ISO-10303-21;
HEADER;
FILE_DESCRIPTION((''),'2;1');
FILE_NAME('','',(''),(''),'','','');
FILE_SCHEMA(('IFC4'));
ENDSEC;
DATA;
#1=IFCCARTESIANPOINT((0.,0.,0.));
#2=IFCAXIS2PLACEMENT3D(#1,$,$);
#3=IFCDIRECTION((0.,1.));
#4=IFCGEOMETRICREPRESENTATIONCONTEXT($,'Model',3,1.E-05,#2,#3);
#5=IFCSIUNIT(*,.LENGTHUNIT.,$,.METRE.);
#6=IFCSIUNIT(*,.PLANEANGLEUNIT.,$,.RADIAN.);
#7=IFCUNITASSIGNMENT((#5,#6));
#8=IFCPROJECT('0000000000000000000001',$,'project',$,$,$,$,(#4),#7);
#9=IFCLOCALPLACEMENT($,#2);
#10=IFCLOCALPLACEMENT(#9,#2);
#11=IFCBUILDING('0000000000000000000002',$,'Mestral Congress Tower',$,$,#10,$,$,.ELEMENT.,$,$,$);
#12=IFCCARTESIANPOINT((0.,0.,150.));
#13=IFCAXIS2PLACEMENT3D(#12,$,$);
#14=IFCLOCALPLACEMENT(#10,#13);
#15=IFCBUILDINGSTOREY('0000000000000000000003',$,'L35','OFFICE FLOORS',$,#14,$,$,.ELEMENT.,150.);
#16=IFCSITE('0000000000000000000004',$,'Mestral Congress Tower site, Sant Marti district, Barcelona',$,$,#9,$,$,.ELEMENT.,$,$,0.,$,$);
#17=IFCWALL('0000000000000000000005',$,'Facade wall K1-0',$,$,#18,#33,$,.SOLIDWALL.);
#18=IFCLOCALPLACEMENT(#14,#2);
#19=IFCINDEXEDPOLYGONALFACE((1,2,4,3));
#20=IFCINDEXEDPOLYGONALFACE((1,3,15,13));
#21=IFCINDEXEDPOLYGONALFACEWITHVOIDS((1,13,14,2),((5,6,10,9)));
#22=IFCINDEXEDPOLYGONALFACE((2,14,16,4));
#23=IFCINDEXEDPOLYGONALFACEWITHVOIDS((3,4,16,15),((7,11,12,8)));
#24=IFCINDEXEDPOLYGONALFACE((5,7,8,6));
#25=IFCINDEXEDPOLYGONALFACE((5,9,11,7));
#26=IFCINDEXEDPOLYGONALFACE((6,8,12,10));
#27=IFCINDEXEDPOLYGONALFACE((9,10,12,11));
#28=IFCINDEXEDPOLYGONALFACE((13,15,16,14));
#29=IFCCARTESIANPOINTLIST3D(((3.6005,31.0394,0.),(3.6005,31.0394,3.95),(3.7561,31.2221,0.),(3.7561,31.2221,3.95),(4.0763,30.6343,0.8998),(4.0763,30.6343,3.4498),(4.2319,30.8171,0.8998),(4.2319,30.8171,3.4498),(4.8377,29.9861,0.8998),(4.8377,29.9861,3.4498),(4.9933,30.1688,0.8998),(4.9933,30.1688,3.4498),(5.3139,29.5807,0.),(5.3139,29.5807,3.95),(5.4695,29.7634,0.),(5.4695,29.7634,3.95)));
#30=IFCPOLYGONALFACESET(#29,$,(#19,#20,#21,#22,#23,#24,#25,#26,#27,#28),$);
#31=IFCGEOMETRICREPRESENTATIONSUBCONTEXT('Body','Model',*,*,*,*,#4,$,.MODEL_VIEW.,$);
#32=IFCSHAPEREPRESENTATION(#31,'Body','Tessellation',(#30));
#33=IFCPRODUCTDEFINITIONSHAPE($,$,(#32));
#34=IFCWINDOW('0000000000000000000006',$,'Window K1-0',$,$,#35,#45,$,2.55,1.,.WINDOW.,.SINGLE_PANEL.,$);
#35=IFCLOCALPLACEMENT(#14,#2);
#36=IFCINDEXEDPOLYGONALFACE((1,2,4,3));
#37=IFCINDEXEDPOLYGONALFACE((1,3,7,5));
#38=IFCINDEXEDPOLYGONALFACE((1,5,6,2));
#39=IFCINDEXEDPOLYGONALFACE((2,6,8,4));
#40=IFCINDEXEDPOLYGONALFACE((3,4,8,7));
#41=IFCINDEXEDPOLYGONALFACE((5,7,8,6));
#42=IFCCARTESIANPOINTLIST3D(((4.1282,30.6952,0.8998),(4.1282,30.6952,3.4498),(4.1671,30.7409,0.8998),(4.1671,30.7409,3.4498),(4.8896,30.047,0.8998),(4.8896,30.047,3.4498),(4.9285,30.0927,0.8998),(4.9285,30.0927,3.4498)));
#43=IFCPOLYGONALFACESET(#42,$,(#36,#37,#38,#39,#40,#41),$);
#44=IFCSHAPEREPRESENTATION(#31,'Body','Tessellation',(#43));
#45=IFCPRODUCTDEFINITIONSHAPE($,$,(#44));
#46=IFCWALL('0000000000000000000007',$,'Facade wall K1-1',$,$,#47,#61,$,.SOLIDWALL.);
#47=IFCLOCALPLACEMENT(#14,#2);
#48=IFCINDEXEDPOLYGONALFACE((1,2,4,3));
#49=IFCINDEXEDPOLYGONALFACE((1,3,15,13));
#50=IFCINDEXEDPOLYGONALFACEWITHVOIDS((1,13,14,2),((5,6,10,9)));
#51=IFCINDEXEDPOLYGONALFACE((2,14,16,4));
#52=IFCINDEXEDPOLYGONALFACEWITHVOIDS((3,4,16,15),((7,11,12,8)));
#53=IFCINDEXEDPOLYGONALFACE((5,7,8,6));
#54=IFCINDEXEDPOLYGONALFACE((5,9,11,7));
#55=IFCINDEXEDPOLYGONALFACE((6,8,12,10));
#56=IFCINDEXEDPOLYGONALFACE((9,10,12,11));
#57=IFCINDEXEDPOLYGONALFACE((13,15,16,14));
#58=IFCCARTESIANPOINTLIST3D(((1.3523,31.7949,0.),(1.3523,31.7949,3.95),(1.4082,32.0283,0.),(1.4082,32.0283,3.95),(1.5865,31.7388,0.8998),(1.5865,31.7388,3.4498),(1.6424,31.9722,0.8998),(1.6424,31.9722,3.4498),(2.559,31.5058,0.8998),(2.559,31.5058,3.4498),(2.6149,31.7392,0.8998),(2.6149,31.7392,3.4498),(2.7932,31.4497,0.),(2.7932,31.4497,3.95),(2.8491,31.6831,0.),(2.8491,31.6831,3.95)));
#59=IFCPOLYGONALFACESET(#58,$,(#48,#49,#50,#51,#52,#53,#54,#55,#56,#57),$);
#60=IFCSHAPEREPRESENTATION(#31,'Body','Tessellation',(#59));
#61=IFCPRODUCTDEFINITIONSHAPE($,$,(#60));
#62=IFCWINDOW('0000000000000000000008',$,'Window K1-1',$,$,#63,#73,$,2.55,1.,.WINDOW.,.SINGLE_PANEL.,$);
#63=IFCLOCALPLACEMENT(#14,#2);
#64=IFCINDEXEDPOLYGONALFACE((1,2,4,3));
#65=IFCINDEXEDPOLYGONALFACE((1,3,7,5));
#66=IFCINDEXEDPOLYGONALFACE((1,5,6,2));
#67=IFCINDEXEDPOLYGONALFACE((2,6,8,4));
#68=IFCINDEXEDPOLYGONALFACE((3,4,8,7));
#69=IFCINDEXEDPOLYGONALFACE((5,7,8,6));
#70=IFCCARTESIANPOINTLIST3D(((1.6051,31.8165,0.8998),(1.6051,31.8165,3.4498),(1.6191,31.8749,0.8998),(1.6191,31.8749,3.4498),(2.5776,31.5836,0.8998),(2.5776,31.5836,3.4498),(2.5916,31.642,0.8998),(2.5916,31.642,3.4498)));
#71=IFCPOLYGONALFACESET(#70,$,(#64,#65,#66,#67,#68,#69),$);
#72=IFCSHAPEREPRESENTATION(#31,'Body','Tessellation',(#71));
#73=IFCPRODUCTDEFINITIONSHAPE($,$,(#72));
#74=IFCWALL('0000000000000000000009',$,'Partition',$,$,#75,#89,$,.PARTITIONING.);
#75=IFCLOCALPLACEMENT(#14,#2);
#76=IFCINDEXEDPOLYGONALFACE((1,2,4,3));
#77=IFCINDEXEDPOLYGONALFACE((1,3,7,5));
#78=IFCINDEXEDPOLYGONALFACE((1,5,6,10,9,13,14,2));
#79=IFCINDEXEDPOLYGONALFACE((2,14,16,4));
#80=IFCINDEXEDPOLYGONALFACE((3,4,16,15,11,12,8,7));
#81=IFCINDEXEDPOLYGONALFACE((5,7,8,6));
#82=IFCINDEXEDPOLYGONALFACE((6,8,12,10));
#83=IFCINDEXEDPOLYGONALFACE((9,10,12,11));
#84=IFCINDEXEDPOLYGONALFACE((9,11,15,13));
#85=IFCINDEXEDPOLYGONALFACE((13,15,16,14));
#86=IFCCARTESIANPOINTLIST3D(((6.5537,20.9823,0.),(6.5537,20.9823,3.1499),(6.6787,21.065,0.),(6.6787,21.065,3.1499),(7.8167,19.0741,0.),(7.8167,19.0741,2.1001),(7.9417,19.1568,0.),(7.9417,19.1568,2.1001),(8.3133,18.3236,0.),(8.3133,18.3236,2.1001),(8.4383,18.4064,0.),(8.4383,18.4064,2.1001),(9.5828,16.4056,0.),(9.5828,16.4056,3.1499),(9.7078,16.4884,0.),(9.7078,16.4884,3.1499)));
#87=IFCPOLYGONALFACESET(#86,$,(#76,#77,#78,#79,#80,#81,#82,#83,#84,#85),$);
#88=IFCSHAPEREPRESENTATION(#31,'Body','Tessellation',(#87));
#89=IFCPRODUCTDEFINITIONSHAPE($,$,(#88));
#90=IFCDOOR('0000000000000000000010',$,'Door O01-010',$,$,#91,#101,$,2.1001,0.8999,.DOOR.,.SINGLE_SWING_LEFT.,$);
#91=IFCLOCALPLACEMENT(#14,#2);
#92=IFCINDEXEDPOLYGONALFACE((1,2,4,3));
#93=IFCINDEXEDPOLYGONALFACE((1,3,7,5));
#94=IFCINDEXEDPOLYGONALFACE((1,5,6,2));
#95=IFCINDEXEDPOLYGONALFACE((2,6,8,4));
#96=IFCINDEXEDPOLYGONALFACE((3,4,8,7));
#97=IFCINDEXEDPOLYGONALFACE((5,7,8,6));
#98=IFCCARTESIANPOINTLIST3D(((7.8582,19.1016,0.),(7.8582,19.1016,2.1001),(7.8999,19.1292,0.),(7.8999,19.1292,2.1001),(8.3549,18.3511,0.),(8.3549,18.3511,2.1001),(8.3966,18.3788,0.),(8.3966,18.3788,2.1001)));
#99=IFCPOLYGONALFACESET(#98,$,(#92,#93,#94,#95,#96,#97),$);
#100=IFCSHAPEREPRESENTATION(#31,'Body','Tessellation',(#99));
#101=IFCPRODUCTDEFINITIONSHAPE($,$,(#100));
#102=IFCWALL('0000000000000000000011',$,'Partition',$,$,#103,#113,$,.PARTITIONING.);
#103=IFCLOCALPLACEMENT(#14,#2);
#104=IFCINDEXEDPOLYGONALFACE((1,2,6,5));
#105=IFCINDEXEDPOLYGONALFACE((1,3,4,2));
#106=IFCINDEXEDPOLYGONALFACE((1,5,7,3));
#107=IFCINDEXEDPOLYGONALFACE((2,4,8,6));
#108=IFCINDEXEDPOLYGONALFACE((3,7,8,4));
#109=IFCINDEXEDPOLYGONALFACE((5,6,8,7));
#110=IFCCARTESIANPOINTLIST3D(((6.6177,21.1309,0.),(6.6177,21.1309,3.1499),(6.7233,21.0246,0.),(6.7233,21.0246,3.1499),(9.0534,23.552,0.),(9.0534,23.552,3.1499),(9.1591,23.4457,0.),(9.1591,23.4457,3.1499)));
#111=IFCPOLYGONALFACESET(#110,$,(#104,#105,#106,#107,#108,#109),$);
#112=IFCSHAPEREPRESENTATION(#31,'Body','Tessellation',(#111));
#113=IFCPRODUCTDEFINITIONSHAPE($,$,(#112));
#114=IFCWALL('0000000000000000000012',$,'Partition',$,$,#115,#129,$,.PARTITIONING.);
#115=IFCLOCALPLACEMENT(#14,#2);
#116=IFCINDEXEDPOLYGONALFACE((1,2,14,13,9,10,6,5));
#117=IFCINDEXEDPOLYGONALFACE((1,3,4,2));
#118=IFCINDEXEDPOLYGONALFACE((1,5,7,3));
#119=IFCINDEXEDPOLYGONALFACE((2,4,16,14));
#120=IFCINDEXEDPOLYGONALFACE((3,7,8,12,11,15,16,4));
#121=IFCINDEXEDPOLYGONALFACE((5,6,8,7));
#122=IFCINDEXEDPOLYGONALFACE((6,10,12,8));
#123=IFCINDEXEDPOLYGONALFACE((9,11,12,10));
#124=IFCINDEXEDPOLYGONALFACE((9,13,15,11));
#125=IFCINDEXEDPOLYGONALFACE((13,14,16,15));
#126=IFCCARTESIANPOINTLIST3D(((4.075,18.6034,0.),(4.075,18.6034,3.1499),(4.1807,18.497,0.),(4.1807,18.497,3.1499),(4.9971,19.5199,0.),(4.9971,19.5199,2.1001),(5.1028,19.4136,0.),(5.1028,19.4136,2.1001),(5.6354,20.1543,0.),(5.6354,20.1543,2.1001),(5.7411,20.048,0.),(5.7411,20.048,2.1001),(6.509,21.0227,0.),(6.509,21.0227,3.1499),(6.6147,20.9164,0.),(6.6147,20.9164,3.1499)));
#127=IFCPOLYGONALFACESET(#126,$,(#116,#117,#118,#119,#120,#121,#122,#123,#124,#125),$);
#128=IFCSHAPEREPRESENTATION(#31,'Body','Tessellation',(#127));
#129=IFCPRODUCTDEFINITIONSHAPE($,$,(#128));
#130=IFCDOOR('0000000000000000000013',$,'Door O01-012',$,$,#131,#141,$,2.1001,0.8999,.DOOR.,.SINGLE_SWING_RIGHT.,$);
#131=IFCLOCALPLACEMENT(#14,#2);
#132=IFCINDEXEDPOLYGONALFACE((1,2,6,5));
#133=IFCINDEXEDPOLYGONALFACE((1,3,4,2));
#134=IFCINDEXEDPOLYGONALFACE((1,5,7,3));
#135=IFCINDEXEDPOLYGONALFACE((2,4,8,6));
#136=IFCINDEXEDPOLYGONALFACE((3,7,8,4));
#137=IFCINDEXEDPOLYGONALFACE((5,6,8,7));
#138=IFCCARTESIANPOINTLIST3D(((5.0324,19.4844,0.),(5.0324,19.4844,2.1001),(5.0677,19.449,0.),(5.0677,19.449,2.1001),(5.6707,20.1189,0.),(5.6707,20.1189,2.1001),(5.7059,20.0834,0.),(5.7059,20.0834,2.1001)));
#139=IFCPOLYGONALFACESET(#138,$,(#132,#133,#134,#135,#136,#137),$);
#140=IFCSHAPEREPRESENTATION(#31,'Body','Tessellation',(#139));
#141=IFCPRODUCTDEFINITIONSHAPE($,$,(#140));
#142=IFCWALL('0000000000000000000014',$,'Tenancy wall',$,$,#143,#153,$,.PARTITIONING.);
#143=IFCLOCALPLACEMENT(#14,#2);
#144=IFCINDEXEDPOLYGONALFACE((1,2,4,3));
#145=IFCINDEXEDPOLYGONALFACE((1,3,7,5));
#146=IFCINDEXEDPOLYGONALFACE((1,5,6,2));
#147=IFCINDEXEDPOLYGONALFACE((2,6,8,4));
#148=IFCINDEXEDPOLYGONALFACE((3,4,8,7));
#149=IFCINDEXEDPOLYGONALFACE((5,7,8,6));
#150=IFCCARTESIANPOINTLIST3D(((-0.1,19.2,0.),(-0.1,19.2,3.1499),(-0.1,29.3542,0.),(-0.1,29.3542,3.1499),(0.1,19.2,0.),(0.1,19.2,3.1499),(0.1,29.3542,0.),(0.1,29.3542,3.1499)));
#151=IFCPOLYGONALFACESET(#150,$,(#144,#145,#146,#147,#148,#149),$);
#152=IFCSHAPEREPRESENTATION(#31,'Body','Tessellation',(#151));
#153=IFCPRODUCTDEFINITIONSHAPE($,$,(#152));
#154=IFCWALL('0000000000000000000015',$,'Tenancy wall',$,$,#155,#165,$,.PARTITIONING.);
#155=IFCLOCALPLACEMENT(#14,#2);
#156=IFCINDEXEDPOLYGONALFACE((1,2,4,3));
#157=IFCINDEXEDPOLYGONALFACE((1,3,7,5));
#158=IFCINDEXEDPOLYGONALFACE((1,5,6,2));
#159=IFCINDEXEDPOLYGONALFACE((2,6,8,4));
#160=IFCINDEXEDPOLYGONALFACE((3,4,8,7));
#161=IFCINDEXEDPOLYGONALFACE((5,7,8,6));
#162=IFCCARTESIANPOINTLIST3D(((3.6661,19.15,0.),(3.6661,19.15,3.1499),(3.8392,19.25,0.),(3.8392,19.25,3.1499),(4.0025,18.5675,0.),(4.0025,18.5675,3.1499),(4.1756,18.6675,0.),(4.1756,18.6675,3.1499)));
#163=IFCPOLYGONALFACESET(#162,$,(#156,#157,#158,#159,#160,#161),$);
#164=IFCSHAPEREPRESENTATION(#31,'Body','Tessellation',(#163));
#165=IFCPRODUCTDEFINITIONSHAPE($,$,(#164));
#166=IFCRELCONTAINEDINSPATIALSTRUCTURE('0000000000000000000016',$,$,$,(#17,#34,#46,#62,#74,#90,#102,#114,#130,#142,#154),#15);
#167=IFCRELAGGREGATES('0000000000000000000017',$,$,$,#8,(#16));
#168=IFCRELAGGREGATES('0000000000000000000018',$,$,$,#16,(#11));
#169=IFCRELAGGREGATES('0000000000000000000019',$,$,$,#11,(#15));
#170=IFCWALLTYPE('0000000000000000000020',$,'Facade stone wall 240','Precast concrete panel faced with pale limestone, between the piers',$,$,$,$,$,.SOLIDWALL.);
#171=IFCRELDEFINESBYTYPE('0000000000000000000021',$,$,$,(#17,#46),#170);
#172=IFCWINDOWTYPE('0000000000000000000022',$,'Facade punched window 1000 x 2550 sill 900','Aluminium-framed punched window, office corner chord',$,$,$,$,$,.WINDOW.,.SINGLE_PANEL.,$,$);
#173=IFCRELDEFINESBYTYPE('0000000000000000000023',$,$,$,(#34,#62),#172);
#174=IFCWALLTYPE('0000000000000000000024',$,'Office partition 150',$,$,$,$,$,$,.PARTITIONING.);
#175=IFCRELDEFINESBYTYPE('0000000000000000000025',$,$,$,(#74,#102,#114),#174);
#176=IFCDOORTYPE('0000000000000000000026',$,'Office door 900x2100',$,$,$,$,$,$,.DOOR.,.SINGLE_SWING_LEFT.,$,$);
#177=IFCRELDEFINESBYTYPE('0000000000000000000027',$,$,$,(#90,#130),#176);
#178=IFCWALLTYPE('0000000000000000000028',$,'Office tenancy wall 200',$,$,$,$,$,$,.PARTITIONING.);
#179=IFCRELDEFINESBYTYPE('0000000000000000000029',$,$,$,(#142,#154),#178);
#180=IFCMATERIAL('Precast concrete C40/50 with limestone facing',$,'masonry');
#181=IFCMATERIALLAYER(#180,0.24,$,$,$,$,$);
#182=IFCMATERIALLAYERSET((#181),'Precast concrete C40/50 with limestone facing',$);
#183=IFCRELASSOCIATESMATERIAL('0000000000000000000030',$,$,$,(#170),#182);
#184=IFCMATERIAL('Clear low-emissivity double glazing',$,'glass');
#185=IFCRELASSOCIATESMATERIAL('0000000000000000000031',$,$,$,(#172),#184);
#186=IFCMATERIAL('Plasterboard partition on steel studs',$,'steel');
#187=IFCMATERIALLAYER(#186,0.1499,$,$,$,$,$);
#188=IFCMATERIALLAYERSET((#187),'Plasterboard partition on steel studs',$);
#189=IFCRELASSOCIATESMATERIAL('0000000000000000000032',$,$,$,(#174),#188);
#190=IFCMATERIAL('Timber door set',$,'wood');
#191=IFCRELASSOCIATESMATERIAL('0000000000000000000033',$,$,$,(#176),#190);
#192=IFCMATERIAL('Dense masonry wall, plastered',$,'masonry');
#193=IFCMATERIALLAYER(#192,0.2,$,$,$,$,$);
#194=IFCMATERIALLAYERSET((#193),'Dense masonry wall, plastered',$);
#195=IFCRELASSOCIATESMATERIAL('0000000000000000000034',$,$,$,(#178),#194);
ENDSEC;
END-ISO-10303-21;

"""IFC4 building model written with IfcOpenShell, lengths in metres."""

from ifc_helpers import new_model, si_unit, direction, frame, frame_2d, origin, place, context, subcontext, project, spatial, rectangle, extrude, material, layer, layer_set, type_object, element, fill, save


model = new_model("IFC4")

# Units and contexts
model_context = context("Model", 3, precision=1e-05, world=origin(), true_north=direction((0.0, 1.0)))
body_context = subcontext(model_context, "Body", "Model", "MODEL_VIEW")
ifc_project = project(units=[si_unit("LENGTHUNIT", "METRE"), si_unit("PLANEANGLEUNIT", "RADIAN")], contexts=[model_context])

# Site, building, storey
site_placement = place(None, origin())
site = spatial("IfcSite", under=ifc_project, at=site_placement, Name="Mestral Congress Tower site, Sant Marti district, Barcelona", CompositionType="ELEMENT", RefElevation=0.0)
building_placement = place(site_placement, origin())
building = spatial("IfcBuilding", under=site, at=building_placement, Name="Mestral Congress Tower", CompositionType="ELEMENT")
storey_placement = place(building_placement, frame((0.0, 0.0, 150.0)))
storey = spatial("IfcBuildingStorey", under=building, at=storey_placement, Name="L35", Description="OFFICE FLOORS", CompositionType="ELEMENT", Elevation=150.0)

# Shared definitions
ifc_material_1 = material(Name="Precast concrete C40/50 with limestone facing", Category="masonry")
ifc_layer_1 = layer(ifc_material_1, 0.24)
ifc_layer_set_1 = layer_set([ifc_layer_1], Name="Precast concrete C40/50 with limestone facing")
wall_type_1 = type_object("IfcWallType", Name="Facade stone wall 240", Description="Precast concrete panel faced with pale limestone, between the piers", PredefinedType="SOLIDWALL", material=ifc_layer_set_1)
ifc_material_2 = material(Name="Clear low-emissivity double glazing", Category="glass")

# Walls, openings, windows
wall_1_placement = place(storey_placement, frame((5.3916, 29.6721, 0.0), z_axis=(0.0, 0.0, 1.0), x_axis=(-0.76142, 0.648259, 0.0)))
wall_1 = element("IfcWall", 1, at=wall_1_placement, inside=storey, type_object=wall_type_1, Name="Facade wall K1-0", PredefinedType="SOLIDWALL", context=body_context, shape_type="SweptSolid", body=[
    extrude(rectangle(XDim=2.2502, YDim=0.24, at=frame_2d((1.125, 0.0))), origin(), (0.0, 0.0, 1.0), 3.95),
])
opening_1_placement = place(wall_1_placement, frame((0.6252, 0.0, 0.8999)))
opening_1 = element("IfcOpeningElement", 2, at=opening_1_placement, cuts=wall_1, PredefinedType="OPENING", context=body_context, shape_type="SweptSolid", body=[
    extrude(rectangle(XDim=1.0, YDim=2.55, at=frame_2d((0.5, 1.2749))), frame((0.0, 0.1299, 0.0), z_axis=(0.0, -1.0, 0.0), x_axis=(1.0, 0.0, 0.0)), (0.0, 0.0, 1.0), 0.26),
])
window_type_1 = type_object("IfcWindowType", Name="Facade punched window 1000 x 2550 sill 900", Description="Aluminium-framed punched window, office corner chord", PartitioningType="SINGLE_PANEL", PredefinedType="WINDOW", material=ifc_material_2)
window_1_placement = place(opening_1_placement, origin())
window_1 = element("IfcWindow", 3, at=window_1_placement, inside=storey, type_object=window_type_1, Name="Window K1-0", OverallHeight=2.55, OverallWidth=1.0, PartitioningType="SINGLE_PANEL", PredefinedType="WINDOW", context=body_context, shape_type="SweptSolid", body=[
    extrude(rectangle(XDim=1.0, YDim=2.55, at=frame_2d((0.5, 1.2749))), frame((0.0, 0.04, 0.0), z_axis=(0.0, -1.0, 0.0), x_axis=(1.0, 0.0, 0.0)), (0.0, 0.0, 1.0), 0.0601),
])
fill(opening_1, window_1)
wall_2_placement = place(storey_placement, frame((2.821, 31.5664, 0.0), z_axis=(0.0, 0.0, 1.0), x_axis=(-0.97248, 0.232987, 0.0)))
wall_2 = element("IfcWall", 4, at=wall_2_placement, inside=storey, type_object=wall_type_1, Name="Facade wall K1-1", PredefinedType="SOLIDWALL", context=body_context, shape_type="SweptSolid", body=[
    extrude(rectangle(XDim=1.4817, YDim=0.24, at=frame_2d((0.7407, 0.0))), origin(), (0.0, 0.0, 1.0), 3.95),
])
opening_2_placement = place(wall_2_placement, frame((0.2407, 0.0, 0.8999)))
opening_2 = element("IfcOpeningElement", 5, at=opening_2_placement, cuts=wall_2, PredefinedType="OPENING", context=body_context, shape_type="SweptSolid", body=[
    extrude(rectangle(XDim=1.0, YDim=2.55, at=frame_2d((0.5, 1.2749))), frame((0.0, 0.1299, 0.0), z_axis=(0.0, -1.0, 0.0), x_axis=(1.0, 0.0, 0.0)), (0.0, 0.0, 1.0), 0.26),
])
window_2_placement = place(opening_2_placement, origin())
window_2 = element("IfcWindow", 6, at=window_2_placement, inside=storey, type_object=window_type_1, Name="Window K1-1", OverallHeight=2.55, OverallWidth=1.0, PartitioningType="SINGLE_PANEL", PredefinedType="WINDOW", context=body_context, shape_type="SweptSolid", body=[
    extrude(rectangle(XDim=1.0, YDim=2.55, at=frame_2d((0.5, 1.2749))), frame((0.0, 0.04, 0.0), z_axis=(0.0, -1.0, 0.0), x_axis=(1.0, 0.0, 0.0)), (0.0, 0.0, 1.0), 0.0601),
])
fill(opening_2, window_2)

# Wall, opening, door
ifc_material_3 = material(Name="Plasterboard partition on steel studs", Category="steel")
ifc_layer_2 = layer(ifc_material_3, 0.1499)
ifc_layer_set_2 = layer_set([ifc_layer_2], Name="Plasterboard partition on steel studs")
wall_type_2 = type_object("IfcWallType", Name="Office partition 150", PredefinedType="PARTITIONING", material=ifc_layer_set_2)
wall_3_placement = place(storey_placement, frame((6.6162, 21.0237, 0.0), z_axis=(0.0, 0.0, 1.0), x_axis=(0.551915, -0.8339, 0.0)))
wall_3 = element("IfcWall", 7, at=wall_3_placement, inside=storey, type_object=wall_type_2, Name="Partition", PredefinedType="PARTITIONING", context=body_context, shape_type="SweptSolid", body=[
    extrude(rectangle(XDim=5.4883, YDim=0.1499, at=frame_2d((2.7441, 0.0))), origin(), (0.0, 0.0, 1.0), 3.1499),
])
opening_3_placement = place(wall_3_placement, frame((2.2883, 0.0, 0.0)))
opening_3 = element("IfcOpeningElement", 8, at=opening_3_placement, cuts=wall_3, PredefinedType="OPENING", context=body_context, shape_type="SweptSolid", body=[
    extrude(rectangle(XDim=0.8999, YDim=2.1001, at=frame_2d((0.45, 1.05))), frame((0.0, 0.085, 0.0), z_axis=(0.0, -1.0, 0.0), x_axis=(1.0, 0.0, 0.0)), (0.0, 0.0, 1.0), 0.1699),
])
ifc_material_4 = material(Name="Timber door set", Category="wood")
door_type = type_object("IfcDoorType", Name="Office door 900x2100", OperationType="SINGLE_SWING_LEFT", PredefinedType="DOOR", material=ifc_material_4)
door_1_placement = place(opening_3_placement, origin())
door_1 = element("IfcDoor", 9, at=door_1_placement, inside=storey, type_object=door_type, Name="Door O01-010", OperationType="SINGLE_SWING_LEFT", OverallHeight=2.1001, OverallWidth=0.8999, PredefinedType="DOOR", context=body_context, shape_type="SweptSolid", body=[
    extrude(rectangle(XDim=0.8999, YDim=2.1001, at=frame_2d((0.45, 1.05))), frame((0.0, 0.0249, 0.0), z_axis=(0.0, -1.0, 0.0), x_axis=(1.0, 0.0, 0.0)), (0.0, 0.0, 1.0), 0.05),
])
fill(opening_3, door_1)

# Wall
wall_4_placement = place(storey_placement, frame((6.6704, 21.0776, 0.0), z_axis=(0.0, 0.0, 1.0), x_axis=(0.709236, 0.704971, 0.0)))
element("IfcWall", 10, at=wall_4_placement, inside=storey, type_object=wall_type_2, Name="Partition", PredefinedType="PARTITIONING", context=body_context, shape_type="SweptSolid", body=[
    extrude(rectangle(XDim=3.4343, YDim=0.1499, at=frame_2d((1.7173, 0.0))), origin(), (0.0, 0.0, 1.0), 3.1499),
])

# Wall, opening, door
wall_5_placement = place(storey_placement, frame((4.1279, 18.5503, 0.0), z_axis=(0.0, 0.0, 1.0), x_axis=(0.709238, 0.704969, 0.0)))
wall_5 = element("IfcWall", 11, at=wall_5_placement, inside=storey, type_object=wall_type_2, Name="Partition", PredefinedType="PARTITIONING", context=body_context, shape_type="SweptSolid", body=[
    extrude(rectangle(XDim=3.4319, YDim=0.1499, at=frame_2d((1.7158, 0.0))), origin(), (0.0, 0.0, 1.0), 3.1499),
])
opening_4_placement = place(wall_5_placement, frame((1.3, 0.0, 0.0)))
opening_4 = element("IfcOpeningElement", 12, at=opening_4_placement, cuts=wall_5, PredefinedType="OPENING", context=body_context, shape_type="SweptSolid", body=[
    extrude(rectangle(XDim=0.8999, YDim=2.1001, at=frame_2d((0.45, 1.05))), frame((0.0, 0.085, 0.0), z_axis=(0.0, -1.0, 0.0), x_axis=(1.0, 0.0, 0.0)), (0.0, 0.0, 1.0), 0.1699),
])
door_2_placement = place(opening_4_placement, origin())
door_2 = element("IfcDoor", 13, at=door_2_placement, inside=storey, type_object=door_type, Name="Door O01-012", OperationType="SINGLE_SWING_RIGHT", OverallHeight=2.1001, OverallWidth=0.8999, PredefinedType="DOOR", context=body_context, shape_type="SweptSolid", body=[
    extrude(rectangle(XDim=0.8999, YDim=2.1001, at=frame_2d((0.45, 1.05))), frame((0.0, 0.0249, 0.0), z_axis=(0.0, -1.0, 0.0), x_axis=(1.0, 0.0, 0.0)), (0.0, 0.0, 1.0), 0.05),
])
fill(opening_4, door_2)

# Walls
ifc_material_5 = material(Name="Dense masonry wall, plastered", Category="masonry")
ifc_layer_3 = layer(ifc_material_5, 0.2)
ifc_layer_set_3 = layer_set([ifc_layer_3], Name="Dense masonry wall, plastered")
wall_type_3 = type_object("IfcWallType", Name="Office tenancy wall 200", PredefinedType="PARTITIONING", material=ifc_layer_set_3)
wall_6_placement = place(storey_placement, frame((0.0, 19.2, 0.0), z_axis=(0.0, 0.0, 1.0), x_axis=(0.0, 1.0, 0.0)))
element("IfcWall", 14, at=wall_6_placement, inside=storey, type_object=wall_type_3, Name="Tenancy wall", PredefinedType="PARTITIONING", context=body_context, shape_type="SweptSolid", body=[
    extrude(rectangle(XDim=10.1543, YDim=0.2, at=frame_2d((5.0771, 0.0))), origin(), (0.0, 0.0, 1.0), 3.1499),
])
wall_7_placement = place(storey_placement, frame((4.0891, 18.6174, 0.0), z_axis=(0.0, 0.0, 1.0), x_axis=(-0.50012, 0.865956, 0.0)))
element("IfcWall", 15, at=wall_7_placement, inside=storey, type_object=wall_type_3, Name="Tenancy wall", PredefinedType="PARTITIONING", context=body_context, shape_type="SweptSolid", body=[
    extrude(rectangle(XDim=0.6726, YDim=0.2, at=frame_2d((0.3364, 0.0))), origin(), (0.0, 0.0, 1.0), 3.1499),
])

save(model, "model.ifc")
